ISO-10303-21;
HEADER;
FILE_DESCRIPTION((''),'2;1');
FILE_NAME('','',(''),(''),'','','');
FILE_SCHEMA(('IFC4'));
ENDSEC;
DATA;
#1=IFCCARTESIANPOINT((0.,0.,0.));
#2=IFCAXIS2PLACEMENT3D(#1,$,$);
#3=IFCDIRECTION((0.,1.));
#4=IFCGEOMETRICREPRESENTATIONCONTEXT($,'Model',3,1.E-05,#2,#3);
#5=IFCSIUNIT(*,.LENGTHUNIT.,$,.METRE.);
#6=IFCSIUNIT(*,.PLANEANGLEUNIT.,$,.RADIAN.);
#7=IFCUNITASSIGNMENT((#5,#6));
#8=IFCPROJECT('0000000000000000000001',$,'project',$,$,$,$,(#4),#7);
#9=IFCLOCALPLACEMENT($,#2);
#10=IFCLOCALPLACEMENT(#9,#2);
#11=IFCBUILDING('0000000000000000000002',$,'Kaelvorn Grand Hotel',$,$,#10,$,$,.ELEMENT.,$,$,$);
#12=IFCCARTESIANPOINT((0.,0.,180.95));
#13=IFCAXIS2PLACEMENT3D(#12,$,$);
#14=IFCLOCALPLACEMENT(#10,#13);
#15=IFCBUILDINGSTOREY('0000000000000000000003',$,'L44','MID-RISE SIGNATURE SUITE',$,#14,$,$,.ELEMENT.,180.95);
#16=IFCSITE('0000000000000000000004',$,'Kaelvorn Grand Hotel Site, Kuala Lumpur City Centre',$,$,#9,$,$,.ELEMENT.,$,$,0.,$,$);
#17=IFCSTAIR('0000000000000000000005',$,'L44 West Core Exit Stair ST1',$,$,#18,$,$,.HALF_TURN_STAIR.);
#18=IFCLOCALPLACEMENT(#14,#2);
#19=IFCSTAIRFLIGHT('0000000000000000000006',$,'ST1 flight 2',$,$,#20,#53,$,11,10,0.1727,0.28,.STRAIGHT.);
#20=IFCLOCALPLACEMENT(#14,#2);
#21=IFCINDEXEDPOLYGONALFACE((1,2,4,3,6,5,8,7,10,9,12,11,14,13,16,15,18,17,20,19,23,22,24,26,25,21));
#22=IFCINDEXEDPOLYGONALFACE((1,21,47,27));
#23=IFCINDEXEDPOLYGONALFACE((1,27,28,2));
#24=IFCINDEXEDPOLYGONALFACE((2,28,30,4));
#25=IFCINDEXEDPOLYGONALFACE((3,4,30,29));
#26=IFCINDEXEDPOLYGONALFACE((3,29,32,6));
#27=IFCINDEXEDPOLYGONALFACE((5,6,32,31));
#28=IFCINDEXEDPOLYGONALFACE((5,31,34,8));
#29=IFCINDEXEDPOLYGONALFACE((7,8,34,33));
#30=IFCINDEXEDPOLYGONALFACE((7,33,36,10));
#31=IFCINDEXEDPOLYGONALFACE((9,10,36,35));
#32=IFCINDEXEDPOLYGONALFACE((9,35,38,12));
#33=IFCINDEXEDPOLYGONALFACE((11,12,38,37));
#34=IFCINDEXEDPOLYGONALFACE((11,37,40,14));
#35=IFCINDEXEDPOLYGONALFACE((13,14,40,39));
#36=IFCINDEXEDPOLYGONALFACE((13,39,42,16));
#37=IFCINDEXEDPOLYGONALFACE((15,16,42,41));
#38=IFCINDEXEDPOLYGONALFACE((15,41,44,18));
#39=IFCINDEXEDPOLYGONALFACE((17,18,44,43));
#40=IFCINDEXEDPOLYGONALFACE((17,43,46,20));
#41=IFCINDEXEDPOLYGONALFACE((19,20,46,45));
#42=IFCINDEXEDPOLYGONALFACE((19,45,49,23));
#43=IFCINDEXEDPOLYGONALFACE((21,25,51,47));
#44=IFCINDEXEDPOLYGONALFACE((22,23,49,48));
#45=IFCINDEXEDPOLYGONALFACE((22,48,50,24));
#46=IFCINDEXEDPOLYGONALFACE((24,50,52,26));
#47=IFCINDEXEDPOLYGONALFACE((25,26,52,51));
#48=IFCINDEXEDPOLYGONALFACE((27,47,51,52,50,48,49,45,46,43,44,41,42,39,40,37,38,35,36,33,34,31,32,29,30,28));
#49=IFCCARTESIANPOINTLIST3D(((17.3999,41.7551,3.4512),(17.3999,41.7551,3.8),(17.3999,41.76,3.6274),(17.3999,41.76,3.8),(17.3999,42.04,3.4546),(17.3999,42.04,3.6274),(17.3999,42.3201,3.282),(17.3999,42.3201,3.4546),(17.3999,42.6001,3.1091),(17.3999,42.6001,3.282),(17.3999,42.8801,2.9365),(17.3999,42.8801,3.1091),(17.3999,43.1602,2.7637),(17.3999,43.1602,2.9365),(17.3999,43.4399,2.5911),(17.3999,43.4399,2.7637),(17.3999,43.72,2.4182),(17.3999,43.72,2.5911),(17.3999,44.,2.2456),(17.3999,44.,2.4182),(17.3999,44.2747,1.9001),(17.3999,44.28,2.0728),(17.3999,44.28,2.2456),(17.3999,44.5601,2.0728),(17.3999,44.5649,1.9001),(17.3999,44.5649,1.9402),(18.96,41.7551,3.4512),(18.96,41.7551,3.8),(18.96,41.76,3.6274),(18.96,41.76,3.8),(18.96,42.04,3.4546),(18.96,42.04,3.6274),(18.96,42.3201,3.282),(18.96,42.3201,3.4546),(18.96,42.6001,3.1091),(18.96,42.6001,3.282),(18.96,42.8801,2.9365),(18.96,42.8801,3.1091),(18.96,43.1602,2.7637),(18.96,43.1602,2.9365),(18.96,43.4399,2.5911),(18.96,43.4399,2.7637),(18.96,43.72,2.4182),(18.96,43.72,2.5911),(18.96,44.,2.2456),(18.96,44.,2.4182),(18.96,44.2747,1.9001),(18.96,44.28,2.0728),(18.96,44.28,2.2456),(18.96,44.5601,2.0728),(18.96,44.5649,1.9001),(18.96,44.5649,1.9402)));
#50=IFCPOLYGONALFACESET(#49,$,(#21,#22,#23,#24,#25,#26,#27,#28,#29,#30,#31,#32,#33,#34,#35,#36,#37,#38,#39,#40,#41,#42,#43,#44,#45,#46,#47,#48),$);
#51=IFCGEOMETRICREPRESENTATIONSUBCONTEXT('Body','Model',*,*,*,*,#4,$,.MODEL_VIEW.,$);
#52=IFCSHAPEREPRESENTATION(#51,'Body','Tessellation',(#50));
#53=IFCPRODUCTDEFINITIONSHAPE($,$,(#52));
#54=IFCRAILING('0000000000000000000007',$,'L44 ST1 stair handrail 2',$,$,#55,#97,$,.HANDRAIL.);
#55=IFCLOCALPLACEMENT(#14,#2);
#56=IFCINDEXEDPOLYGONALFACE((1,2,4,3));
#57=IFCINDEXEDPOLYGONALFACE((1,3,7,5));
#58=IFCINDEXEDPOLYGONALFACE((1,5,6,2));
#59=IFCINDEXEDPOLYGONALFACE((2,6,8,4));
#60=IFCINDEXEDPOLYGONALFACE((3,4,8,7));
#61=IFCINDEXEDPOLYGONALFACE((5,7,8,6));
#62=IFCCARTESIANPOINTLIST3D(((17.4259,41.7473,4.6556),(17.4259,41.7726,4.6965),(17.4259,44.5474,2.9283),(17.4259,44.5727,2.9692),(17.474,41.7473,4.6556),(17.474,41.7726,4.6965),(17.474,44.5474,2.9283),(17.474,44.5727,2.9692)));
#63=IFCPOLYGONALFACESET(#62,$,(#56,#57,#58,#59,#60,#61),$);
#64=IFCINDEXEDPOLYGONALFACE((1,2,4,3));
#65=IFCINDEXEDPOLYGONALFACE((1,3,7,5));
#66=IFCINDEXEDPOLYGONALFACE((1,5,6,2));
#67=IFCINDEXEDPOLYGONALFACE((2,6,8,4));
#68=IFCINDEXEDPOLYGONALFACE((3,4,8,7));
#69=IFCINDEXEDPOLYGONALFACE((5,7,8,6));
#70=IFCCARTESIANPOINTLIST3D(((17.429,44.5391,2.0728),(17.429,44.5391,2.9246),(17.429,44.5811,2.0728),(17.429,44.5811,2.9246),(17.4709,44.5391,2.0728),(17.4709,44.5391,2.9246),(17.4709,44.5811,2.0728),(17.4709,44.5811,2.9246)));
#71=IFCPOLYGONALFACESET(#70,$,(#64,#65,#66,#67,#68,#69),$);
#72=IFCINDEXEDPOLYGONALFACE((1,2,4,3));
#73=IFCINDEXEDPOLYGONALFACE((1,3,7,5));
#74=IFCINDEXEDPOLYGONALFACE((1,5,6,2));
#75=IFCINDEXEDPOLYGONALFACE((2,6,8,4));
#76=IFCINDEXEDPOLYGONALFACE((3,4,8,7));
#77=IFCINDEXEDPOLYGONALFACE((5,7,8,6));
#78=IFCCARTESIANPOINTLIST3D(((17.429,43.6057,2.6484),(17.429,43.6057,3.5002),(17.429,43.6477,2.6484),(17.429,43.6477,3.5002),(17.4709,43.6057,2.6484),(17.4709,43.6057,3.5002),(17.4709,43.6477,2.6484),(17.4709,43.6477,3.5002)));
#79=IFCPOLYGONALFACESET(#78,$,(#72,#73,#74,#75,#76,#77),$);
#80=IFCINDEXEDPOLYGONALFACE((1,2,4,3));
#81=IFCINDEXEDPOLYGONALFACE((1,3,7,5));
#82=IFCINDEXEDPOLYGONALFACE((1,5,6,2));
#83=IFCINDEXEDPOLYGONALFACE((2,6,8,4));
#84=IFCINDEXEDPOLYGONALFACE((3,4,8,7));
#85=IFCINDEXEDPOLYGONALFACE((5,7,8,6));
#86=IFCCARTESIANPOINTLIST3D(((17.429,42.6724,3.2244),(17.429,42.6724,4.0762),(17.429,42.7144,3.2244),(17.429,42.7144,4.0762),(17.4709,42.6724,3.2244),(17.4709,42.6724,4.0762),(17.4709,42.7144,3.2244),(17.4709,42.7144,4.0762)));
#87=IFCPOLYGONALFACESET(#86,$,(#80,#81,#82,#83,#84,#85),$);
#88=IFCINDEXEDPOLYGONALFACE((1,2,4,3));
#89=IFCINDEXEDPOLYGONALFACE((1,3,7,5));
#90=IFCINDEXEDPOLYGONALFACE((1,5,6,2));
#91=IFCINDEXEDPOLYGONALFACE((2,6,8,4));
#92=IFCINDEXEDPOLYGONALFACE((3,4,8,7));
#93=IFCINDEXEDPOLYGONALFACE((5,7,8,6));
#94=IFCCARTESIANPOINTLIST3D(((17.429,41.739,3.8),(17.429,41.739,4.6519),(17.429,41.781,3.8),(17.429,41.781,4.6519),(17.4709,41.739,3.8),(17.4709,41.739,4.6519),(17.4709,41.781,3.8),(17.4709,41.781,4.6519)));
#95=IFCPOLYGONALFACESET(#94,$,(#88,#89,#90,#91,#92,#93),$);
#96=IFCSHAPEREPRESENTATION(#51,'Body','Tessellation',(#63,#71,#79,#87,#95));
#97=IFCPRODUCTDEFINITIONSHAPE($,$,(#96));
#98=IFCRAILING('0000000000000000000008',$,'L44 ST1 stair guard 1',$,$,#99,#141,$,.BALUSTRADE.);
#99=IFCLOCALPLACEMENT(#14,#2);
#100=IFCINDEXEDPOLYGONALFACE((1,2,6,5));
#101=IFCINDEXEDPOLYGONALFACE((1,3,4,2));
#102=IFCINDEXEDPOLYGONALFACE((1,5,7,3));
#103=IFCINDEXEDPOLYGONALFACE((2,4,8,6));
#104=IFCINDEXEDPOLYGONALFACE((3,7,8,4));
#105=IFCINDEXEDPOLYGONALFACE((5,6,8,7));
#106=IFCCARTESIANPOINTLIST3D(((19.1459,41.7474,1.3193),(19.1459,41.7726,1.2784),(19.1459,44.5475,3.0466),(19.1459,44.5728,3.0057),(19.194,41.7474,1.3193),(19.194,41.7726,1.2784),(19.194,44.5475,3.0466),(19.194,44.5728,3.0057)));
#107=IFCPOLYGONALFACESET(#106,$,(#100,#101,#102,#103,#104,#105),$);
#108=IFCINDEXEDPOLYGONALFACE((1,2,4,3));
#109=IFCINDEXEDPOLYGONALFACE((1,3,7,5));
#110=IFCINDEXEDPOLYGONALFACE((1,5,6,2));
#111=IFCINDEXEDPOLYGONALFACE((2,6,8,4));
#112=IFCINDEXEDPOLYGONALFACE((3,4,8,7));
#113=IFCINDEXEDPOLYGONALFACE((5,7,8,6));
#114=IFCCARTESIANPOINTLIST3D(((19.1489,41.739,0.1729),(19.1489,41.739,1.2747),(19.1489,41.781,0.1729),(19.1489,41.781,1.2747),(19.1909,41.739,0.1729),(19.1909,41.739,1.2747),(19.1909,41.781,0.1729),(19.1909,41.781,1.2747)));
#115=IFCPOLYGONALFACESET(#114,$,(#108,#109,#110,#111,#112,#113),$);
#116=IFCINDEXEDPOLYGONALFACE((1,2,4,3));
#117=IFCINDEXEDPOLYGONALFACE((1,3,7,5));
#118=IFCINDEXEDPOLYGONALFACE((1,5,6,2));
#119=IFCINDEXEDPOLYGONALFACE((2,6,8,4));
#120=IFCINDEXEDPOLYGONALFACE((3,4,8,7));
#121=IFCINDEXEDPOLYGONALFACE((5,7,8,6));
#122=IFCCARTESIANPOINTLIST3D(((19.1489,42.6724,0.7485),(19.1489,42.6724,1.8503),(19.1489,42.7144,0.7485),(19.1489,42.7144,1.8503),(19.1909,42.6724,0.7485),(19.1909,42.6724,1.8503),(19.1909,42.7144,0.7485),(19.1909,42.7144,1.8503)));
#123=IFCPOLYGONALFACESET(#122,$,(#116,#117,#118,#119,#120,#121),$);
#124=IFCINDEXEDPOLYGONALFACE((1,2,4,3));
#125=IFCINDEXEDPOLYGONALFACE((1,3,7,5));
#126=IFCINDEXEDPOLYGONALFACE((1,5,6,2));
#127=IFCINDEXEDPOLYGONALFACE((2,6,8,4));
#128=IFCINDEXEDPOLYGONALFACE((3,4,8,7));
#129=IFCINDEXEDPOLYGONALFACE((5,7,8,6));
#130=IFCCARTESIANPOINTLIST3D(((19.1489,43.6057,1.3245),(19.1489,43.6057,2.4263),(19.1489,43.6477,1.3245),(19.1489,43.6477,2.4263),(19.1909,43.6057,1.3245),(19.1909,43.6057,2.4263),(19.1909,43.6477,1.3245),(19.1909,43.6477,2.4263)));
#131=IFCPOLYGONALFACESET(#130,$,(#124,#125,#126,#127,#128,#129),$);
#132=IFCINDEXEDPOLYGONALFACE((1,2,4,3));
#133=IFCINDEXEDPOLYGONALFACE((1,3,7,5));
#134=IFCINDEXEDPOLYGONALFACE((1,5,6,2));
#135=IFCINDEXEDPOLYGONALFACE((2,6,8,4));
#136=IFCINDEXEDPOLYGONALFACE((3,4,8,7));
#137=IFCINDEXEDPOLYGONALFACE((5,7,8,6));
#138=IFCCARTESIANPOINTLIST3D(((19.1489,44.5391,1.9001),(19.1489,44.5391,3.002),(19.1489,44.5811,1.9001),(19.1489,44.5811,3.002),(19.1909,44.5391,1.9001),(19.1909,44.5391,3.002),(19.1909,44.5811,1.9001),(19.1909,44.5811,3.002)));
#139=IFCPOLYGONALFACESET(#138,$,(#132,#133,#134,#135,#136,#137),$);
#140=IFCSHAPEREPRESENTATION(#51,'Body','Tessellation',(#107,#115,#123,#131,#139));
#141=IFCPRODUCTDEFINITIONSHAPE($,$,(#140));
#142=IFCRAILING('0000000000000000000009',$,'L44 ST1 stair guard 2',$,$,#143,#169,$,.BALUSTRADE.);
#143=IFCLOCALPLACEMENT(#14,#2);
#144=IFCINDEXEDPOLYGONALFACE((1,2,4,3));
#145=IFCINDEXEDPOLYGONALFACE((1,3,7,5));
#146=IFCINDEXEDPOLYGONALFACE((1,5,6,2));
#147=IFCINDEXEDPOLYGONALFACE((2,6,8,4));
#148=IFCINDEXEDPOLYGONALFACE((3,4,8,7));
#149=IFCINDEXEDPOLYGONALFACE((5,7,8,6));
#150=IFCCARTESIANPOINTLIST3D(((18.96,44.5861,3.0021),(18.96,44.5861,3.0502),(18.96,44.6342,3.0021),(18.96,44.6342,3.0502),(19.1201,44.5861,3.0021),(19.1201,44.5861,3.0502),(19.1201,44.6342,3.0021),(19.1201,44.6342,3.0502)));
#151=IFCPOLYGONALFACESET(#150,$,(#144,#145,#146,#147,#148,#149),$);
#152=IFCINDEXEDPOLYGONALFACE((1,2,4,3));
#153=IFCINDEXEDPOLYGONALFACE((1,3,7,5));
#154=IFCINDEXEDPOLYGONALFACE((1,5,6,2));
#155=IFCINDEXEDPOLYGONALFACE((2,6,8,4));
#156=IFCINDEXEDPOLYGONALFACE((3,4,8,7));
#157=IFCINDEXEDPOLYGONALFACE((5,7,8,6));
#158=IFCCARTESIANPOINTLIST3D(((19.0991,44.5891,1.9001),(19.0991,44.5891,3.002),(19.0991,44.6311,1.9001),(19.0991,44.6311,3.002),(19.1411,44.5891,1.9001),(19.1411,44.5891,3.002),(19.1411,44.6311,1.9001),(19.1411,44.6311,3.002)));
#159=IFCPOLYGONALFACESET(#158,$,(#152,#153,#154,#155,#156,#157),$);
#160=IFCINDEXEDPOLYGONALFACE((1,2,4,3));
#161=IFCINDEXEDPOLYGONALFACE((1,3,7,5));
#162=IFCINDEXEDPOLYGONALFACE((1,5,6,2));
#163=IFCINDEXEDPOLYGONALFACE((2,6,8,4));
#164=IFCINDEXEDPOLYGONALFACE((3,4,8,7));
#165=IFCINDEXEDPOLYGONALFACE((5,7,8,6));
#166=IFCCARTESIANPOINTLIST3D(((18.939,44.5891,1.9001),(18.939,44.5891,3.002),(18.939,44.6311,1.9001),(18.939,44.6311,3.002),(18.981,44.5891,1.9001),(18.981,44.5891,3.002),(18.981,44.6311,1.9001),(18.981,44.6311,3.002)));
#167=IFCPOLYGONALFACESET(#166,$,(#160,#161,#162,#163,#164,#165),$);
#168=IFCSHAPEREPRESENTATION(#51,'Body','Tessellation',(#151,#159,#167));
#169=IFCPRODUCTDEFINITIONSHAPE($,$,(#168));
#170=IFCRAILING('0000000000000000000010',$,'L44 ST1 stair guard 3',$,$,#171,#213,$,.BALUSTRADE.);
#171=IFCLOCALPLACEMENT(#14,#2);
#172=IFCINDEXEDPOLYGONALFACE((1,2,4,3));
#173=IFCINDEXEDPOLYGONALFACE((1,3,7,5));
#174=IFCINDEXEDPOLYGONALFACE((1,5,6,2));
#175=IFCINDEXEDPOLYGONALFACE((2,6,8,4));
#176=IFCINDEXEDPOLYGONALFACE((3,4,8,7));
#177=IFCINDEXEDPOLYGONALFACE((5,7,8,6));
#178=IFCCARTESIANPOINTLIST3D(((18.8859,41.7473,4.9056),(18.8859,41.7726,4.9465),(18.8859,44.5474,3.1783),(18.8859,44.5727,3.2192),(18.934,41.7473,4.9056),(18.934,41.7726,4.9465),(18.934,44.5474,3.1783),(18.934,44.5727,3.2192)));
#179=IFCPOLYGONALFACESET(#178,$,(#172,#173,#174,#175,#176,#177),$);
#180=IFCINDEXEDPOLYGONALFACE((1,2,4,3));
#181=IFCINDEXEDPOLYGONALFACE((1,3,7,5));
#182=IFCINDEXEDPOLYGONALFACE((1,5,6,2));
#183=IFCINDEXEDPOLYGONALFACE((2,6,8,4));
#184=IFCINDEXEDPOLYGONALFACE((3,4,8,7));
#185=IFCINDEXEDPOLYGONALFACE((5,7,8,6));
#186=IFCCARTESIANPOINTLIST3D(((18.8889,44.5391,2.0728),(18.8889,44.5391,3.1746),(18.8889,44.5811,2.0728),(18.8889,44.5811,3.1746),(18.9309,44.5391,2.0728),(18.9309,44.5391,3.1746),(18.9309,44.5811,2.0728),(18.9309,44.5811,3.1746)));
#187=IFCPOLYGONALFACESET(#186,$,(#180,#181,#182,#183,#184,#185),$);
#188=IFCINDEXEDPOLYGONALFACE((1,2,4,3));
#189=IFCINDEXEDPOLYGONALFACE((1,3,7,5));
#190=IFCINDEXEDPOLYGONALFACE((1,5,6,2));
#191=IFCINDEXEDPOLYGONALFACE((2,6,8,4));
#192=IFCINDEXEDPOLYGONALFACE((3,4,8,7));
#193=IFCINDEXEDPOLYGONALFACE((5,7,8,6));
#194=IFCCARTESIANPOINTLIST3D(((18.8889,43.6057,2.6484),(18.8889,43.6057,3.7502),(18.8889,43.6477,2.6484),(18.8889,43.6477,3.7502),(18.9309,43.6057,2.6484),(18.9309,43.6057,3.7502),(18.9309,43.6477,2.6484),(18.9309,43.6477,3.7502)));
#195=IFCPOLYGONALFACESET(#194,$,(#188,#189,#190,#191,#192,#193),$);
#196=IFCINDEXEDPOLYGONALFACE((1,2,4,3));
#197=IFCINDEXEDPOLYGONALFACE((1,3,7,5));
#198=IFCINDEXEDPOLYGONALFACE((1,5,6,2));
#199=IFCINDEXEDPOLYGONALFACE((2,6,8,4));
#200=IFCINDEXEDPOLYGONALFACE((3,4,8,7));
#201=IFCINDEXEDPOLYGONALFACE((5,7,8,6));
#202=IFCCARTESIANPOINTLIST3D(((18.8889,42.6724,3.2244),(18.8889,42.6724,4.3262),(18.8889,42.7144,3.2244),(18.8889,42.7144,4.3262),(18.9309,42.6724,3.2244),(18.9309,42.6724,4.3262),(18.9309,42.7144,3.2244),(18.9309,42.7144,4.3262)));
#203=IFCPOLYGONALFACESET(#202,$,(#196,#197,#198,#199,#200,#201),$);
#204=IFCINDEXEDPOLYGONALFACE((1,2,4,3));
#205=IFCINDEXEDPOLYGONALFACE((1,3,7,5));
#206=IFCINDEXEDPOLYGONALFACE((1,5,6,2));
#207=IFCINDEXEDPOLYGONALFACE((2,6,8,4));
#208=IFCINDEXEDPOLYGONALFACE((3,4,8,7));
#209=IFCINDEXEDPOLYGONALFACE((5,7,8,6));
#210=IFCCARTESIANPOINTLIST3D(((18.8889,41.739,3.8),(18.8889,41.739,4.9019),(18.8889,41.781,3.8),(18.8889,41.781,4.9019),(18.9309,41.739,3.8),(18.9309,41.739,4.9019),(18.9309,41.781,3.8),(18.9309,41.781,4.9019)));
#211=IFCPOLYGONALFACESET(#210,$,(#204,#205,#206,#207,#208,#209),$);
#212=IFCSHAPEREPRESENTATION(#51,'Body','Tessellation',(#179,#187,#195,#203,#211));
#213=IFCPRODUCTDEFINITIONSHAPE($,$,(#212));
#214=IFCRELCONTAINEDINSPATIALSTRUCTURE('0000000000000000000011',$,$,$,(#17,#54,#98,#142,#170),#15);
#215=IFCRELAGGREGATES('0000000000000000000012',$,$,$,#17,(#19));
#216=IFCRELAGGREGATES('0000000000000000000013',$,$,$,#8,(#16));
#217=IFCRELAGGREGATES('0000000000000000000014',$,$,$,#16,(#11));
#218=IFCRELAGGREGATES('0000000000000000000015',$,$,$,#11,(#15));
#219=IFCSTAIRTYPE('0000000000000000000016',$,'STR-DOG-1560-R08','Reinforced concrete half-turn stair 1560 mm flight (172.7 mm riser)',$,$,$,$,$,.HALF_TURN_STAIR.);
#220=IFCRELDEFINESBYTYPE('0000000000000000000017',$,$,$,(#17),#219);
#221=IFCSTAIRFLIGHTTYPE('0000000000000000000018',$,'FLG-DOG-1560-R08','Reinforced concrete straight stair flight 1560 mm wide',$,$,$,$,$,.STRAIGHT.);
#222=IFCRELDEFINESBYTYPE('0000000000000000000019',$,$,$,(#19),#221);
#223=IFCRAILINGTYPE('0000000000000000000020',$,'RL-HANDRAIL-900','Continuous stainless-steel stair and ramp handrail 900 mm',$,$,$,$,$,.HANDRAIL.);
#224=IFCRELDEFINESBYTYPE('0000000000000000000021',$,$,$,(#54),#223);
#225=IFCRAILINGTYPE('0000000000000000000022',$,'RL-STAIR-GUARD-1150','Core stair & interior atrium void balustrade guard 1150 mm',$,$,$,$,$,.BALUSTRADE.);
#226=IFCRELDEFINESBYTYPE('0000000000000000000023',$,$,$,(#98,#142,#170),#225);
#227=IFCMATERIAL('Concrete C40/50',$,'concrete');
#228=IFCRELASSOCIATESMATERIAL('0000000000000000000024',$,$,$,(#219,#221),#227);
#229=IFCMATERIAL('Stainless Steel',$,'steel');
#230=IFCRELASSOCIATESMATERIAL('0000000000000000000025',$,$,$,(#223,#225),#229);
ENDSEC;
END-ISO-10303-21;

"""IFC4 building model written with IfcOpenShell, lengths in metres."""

from ifc_helpers import new_model, si_unit, direction, frame, origin, origin_2d, place, context, subcontext, project, spatial, polyline, rectangle, outline, extrude, material, type_object, element, aggregate, save


model = new_model("IFC4")

# Units and contexts
model_context = context("Model", 3, precision=1e-05, world=origin(), true_north=direction((0.0, 1.0)))
body_context = subcontext(model_context, "Body", "Model", "MODEL_VIEW")
ifc_project = project(units=[si_unit("LENGTHUNIT", "METRE"), si_unit("PLANEANGLEUNIT", "RADIAN")], contexts=[model_context])

# Site, building, storey
site_placement = place(None, origin())
site = spatial("IfcSite", under=ifc_project, at=site_placement, Name="Kaelvorn Grand Hotel Site, Kuala Lumpur City Centre", CompositionType="ELEMENT", RefElevation=0.0)
building_placement = place(site_placement, origin())
building = spatial("IfcBuilding", under=site, at=building_placement, Name="Kaelvorn Grand Hotel", CompositionType="ELEMENT")
storey_placement = place(building_placement, frame((0.0, 0.0, 180.95)))
storey = spatial("IfcBuildingStorey", under=building, at=storey_placement, Name="L44", Description="MID-RISE SIGNATURE SUITE", CompositionType="ELEMENT", Elevation=180.95)

# Shared definitions
ifc_material_1 = material(Name="Concrete C40/50", Category="concrete")

# Stair, stair flight
stair_type = type_object("IfcStairType", Name="STR-DOG-1560-R08", Description="Reinforced concrete half-turn stair 1560 mm flight (172.7 mm riser)", PredefinedType="HALF_TURN_STAIR", material=ifc_material_1)
stair_placement = place(storey_placement, origin())
stair = element("IfcStair", 1, at=stair_placement, inside=storey, type_object=stair_type, Name="L44 West Core Exit Stair ST1", PredefinedType="HALF_TURN_STAIR")
stair_flight_type = type_object("IfcStairFlightType", Name="FLG-DOG-1560-R08", Description="Reinforced concrete straight stair flight 1560 mm wide", PredefinedType="STRAIGHT", material=ifc_material_1)
stair_flight_placement = place(storey_placement, frame((18.1799, 44.5601, 1.9001), z_axis=(0.0, 0.0, 1.0), x_axis=(0.0, -1.0, 0.0)))
stair_flight = element("IfcStairFlight", 2, at=stair_flight_placement, type_object=stair_flight_type, Name="ST1 flight 2", NumberOfRisers=11, NumberOfTreads=10, PredefinedType="STRAIGHT", RiserHeight=0.1727, TreadLength=0.28, context=body_context, shape_type="SweptSolid", body=[
    extrude(outline(polyline([(-0.0049, 0.0), (-0.0049, 0.04), (0.0, 0.1726), (0.28, 0.1726), (0.28, 0.3455), (0.5601, 0.3455), (0.5601, 0.5181), (0.8401, 0.5181), (0.8401, 0.6909), (1.1201, 0.6909), (1.1201, 0.8635), (1.3999, 0.8635), (1.3999, 1.0364), (1.6799, 1.0364), (1.6799, 1.209), (1.96, 1.209), (1.96, 1.3818), (2.24, 1.3818), (2.24, 1.5544), (2.52, 1.5544), (2.52, 1.7273), (2.8, 1.7273), (2.8, 1.8999), (2.8049, 1.8999), (2.8049, 1.551), (0.2854, 0.0), (-0.0049, 0.0)])), frame((0.0, 0.78, 0.0), z_axis=(0.0, -1.0, 0.0), x_axis=(1.0, 0.0, 0.0)), (0.0, 0.0, 1.0), 1.5601),
])
aggregate(stair, [stair_flight])

# Railings
ifc_material_2 = material(Name="Stainless Steel", Category="steel")
railing_type_1 = type_object("IfcRailingType", Name="RL-HANDRAIL-900", Description="Continuous stainless-steel stair and ramp handrail 900 mm", PredefinedType="HANDRAIL", material=ifc_material_2)
railing_1_placement = place(storey_placement, frame((17.45, 44.5601, 2.0728)))
element("IfcRailing", 3, at=railing_1_placement, inside=storey, type_object=railing_type_1, Name="L44 ST1 stair handrail 2", PredefinedType="HANDRAIL", context=body_context, shape_type="SweptSolid", body=[
    extrude(rectangle(XDim=0.0481, YDim=0.0481, at=origin_2d()), frame((0.0, 0.0, 0.876), z_axis=(0.0, -0.85109, 0.52502), x_axis=(1.0, 0.0, 0.0)), (0.0, 0.0, 1.0), 3.29),
    extrude(rectangle(XDim=0.042, YDim=0.042, at=origin_2d()), origin(), (0.0, 0.0, 1.0), 0.8518),
    extrude(rectangle(XDim=0.042, YDim=0.042, at=origin_2d()), frame((0.0, -0.9333, 0.5757)), (0.0, 0.0, 1.0), 0.8518),
    extrude(rectangle(XDim=0.042, YDim=0.042, at=origin_2d()), frame((0.0, -1.8667, 1.1516)), (0.0, 0.0, 1.0), 0.8518),
    extrude(rectangle(XDim=0.042, YDim=0.042, at=origin_2d()), frame((0.0, -2.8, 1.7273)), (0.0, 0.0, 1.0), 0.8518),
])
railing_type_2 = type_object("IfcRailingType", Name="RL-STAIR-GUARD-1150", Description="Core stair & interior atrium void balustrade guard 1150 mm", PredefinedType="BALUSTRADE", material=ifc_material_2)
railing_2_placement = place(storey_placement, frame((19.1699, 41.76, 0.1729)))
element("IfcRailing", 4, at=railing_2_placement, inside=storey, type_object=railing_type_2, Name="L44 ST1 stair guard 1", PredefinedType="BALUSTRADE", context=body_context, shape_type="SweptSolid", body=[
    extrude(rectangle(XDim=0.0481, YDim=0.0481, at=origin_2d()), frame((0.0, 0.0, 1.126), z_axis=(0.0, 0.85109, 0.52502), x_axis=(-1.0, 0.0, 0.0)), (0.0, 0.0, 1.0), 3.29),
    extrude(rectangle(XDim=0.042, YDim=0.042, at=origin_2d()), origin(), (0.0, 0.0, 1.0), 1.1018),
    extrude(rectangle(XDim=0.042, YDim=0.042, at=origin_2d()), frame((0.0, 0.9333, 0.5757)), (0.0, 0.0, 1.0), 1.1018),
    extrude(rectangle(XDim=0.042, YDim=0.042, at=origin_2d()), frame((0.0, 1.8667, 1.1516)), (0.0, 0.0, 1.0), 1.1018),
    extrude(rectangle(XDim=0.042, YDim=0.042, at=origin_2d()), frame((0.0, 2.8, 1.7273)), (0.0, 0.0, 1.0), 1.1018),
])
railing_3_placement = place(storey_placement, frame((19.1201, 44.6101, 1.9001)))
element("IfcRailing", 5, at=railing_3_placement, inside=storey, type_object=railing_type_2, Name="L44 ST1 stair guard 2", PredefinedType="BALUSTRADE", context=body_context, shape_type="SweptSolid", body=[
    extrude(rectangle(XDim=0.0481, YDim=0.0481, at=origin_2d()), frame((0.0, 0.0, 1.126), z_axis=(-1.0, 0.0, 0.0), x_axis=(0.0, -1.0, 0.0)), (0.0, 0.0, 1.0), 0.1602),
    extrude(rectangle(XDim=0.042, YDim=0.042, at=origin_2d()), origin(), (0.0, 0.0, 1.0), 1.1018),
    extrude(rectangle(XDim=0.042, YDim=0.042, at=origin_2d()), frame((-0.1602, 0.0, 0.0)), (0.0, 0.0, 1.0), 1.1018),
])
railing_4_placement = place(storey_placement, frame((18.9099, 44.5601, 2.0728)))
element("IfcRailing", 6, at=railing_4_placement, inside=storey, type_object=railing_type_2, Name="L44 ST1 stair guard 3", PredefinedType="BALUSTRADE", context=body_context, shape_type="SweptSolid", body=[
    extrude(rectangle(XDim=0.0481, YDim=0.0481, at=origin_2d()), frame((0.0, 0.0, 1.126), z_axis=(0.0, -0.85109, 0.52502), x_axis=(1.0, 0.0, 0.0)), (0.0, 0.0, 1.0), 3.29),
    extrude(rectangle(XDim=0.042, YDim=0.042, at=origin_2d()), origin(), (0.0, 0.0, 1.0), 1.1018),
    extrude(rectangle(XDim=0.042, YDim=0.042, at=origin_2d()), frame((0.0, -0.9333, 0.5757)), (0.0, 0.0, 1.0), 1.1018),
    extrude(rectangle(XDim=0.042, YDim=0.042, at=origin_2d()), frame((0.0, -1.8667, 1.1516)), (0.0, 0.0, 1.0), 1.1018),
    extrude(rectangle(XDim=0.042, YDim=0.042, at=origin_2d()), frame((0.0, -2.8, 1.7273)), (0.0, 0.0, 1.0), 1.1018),
])

save(model, "model.ifc")
